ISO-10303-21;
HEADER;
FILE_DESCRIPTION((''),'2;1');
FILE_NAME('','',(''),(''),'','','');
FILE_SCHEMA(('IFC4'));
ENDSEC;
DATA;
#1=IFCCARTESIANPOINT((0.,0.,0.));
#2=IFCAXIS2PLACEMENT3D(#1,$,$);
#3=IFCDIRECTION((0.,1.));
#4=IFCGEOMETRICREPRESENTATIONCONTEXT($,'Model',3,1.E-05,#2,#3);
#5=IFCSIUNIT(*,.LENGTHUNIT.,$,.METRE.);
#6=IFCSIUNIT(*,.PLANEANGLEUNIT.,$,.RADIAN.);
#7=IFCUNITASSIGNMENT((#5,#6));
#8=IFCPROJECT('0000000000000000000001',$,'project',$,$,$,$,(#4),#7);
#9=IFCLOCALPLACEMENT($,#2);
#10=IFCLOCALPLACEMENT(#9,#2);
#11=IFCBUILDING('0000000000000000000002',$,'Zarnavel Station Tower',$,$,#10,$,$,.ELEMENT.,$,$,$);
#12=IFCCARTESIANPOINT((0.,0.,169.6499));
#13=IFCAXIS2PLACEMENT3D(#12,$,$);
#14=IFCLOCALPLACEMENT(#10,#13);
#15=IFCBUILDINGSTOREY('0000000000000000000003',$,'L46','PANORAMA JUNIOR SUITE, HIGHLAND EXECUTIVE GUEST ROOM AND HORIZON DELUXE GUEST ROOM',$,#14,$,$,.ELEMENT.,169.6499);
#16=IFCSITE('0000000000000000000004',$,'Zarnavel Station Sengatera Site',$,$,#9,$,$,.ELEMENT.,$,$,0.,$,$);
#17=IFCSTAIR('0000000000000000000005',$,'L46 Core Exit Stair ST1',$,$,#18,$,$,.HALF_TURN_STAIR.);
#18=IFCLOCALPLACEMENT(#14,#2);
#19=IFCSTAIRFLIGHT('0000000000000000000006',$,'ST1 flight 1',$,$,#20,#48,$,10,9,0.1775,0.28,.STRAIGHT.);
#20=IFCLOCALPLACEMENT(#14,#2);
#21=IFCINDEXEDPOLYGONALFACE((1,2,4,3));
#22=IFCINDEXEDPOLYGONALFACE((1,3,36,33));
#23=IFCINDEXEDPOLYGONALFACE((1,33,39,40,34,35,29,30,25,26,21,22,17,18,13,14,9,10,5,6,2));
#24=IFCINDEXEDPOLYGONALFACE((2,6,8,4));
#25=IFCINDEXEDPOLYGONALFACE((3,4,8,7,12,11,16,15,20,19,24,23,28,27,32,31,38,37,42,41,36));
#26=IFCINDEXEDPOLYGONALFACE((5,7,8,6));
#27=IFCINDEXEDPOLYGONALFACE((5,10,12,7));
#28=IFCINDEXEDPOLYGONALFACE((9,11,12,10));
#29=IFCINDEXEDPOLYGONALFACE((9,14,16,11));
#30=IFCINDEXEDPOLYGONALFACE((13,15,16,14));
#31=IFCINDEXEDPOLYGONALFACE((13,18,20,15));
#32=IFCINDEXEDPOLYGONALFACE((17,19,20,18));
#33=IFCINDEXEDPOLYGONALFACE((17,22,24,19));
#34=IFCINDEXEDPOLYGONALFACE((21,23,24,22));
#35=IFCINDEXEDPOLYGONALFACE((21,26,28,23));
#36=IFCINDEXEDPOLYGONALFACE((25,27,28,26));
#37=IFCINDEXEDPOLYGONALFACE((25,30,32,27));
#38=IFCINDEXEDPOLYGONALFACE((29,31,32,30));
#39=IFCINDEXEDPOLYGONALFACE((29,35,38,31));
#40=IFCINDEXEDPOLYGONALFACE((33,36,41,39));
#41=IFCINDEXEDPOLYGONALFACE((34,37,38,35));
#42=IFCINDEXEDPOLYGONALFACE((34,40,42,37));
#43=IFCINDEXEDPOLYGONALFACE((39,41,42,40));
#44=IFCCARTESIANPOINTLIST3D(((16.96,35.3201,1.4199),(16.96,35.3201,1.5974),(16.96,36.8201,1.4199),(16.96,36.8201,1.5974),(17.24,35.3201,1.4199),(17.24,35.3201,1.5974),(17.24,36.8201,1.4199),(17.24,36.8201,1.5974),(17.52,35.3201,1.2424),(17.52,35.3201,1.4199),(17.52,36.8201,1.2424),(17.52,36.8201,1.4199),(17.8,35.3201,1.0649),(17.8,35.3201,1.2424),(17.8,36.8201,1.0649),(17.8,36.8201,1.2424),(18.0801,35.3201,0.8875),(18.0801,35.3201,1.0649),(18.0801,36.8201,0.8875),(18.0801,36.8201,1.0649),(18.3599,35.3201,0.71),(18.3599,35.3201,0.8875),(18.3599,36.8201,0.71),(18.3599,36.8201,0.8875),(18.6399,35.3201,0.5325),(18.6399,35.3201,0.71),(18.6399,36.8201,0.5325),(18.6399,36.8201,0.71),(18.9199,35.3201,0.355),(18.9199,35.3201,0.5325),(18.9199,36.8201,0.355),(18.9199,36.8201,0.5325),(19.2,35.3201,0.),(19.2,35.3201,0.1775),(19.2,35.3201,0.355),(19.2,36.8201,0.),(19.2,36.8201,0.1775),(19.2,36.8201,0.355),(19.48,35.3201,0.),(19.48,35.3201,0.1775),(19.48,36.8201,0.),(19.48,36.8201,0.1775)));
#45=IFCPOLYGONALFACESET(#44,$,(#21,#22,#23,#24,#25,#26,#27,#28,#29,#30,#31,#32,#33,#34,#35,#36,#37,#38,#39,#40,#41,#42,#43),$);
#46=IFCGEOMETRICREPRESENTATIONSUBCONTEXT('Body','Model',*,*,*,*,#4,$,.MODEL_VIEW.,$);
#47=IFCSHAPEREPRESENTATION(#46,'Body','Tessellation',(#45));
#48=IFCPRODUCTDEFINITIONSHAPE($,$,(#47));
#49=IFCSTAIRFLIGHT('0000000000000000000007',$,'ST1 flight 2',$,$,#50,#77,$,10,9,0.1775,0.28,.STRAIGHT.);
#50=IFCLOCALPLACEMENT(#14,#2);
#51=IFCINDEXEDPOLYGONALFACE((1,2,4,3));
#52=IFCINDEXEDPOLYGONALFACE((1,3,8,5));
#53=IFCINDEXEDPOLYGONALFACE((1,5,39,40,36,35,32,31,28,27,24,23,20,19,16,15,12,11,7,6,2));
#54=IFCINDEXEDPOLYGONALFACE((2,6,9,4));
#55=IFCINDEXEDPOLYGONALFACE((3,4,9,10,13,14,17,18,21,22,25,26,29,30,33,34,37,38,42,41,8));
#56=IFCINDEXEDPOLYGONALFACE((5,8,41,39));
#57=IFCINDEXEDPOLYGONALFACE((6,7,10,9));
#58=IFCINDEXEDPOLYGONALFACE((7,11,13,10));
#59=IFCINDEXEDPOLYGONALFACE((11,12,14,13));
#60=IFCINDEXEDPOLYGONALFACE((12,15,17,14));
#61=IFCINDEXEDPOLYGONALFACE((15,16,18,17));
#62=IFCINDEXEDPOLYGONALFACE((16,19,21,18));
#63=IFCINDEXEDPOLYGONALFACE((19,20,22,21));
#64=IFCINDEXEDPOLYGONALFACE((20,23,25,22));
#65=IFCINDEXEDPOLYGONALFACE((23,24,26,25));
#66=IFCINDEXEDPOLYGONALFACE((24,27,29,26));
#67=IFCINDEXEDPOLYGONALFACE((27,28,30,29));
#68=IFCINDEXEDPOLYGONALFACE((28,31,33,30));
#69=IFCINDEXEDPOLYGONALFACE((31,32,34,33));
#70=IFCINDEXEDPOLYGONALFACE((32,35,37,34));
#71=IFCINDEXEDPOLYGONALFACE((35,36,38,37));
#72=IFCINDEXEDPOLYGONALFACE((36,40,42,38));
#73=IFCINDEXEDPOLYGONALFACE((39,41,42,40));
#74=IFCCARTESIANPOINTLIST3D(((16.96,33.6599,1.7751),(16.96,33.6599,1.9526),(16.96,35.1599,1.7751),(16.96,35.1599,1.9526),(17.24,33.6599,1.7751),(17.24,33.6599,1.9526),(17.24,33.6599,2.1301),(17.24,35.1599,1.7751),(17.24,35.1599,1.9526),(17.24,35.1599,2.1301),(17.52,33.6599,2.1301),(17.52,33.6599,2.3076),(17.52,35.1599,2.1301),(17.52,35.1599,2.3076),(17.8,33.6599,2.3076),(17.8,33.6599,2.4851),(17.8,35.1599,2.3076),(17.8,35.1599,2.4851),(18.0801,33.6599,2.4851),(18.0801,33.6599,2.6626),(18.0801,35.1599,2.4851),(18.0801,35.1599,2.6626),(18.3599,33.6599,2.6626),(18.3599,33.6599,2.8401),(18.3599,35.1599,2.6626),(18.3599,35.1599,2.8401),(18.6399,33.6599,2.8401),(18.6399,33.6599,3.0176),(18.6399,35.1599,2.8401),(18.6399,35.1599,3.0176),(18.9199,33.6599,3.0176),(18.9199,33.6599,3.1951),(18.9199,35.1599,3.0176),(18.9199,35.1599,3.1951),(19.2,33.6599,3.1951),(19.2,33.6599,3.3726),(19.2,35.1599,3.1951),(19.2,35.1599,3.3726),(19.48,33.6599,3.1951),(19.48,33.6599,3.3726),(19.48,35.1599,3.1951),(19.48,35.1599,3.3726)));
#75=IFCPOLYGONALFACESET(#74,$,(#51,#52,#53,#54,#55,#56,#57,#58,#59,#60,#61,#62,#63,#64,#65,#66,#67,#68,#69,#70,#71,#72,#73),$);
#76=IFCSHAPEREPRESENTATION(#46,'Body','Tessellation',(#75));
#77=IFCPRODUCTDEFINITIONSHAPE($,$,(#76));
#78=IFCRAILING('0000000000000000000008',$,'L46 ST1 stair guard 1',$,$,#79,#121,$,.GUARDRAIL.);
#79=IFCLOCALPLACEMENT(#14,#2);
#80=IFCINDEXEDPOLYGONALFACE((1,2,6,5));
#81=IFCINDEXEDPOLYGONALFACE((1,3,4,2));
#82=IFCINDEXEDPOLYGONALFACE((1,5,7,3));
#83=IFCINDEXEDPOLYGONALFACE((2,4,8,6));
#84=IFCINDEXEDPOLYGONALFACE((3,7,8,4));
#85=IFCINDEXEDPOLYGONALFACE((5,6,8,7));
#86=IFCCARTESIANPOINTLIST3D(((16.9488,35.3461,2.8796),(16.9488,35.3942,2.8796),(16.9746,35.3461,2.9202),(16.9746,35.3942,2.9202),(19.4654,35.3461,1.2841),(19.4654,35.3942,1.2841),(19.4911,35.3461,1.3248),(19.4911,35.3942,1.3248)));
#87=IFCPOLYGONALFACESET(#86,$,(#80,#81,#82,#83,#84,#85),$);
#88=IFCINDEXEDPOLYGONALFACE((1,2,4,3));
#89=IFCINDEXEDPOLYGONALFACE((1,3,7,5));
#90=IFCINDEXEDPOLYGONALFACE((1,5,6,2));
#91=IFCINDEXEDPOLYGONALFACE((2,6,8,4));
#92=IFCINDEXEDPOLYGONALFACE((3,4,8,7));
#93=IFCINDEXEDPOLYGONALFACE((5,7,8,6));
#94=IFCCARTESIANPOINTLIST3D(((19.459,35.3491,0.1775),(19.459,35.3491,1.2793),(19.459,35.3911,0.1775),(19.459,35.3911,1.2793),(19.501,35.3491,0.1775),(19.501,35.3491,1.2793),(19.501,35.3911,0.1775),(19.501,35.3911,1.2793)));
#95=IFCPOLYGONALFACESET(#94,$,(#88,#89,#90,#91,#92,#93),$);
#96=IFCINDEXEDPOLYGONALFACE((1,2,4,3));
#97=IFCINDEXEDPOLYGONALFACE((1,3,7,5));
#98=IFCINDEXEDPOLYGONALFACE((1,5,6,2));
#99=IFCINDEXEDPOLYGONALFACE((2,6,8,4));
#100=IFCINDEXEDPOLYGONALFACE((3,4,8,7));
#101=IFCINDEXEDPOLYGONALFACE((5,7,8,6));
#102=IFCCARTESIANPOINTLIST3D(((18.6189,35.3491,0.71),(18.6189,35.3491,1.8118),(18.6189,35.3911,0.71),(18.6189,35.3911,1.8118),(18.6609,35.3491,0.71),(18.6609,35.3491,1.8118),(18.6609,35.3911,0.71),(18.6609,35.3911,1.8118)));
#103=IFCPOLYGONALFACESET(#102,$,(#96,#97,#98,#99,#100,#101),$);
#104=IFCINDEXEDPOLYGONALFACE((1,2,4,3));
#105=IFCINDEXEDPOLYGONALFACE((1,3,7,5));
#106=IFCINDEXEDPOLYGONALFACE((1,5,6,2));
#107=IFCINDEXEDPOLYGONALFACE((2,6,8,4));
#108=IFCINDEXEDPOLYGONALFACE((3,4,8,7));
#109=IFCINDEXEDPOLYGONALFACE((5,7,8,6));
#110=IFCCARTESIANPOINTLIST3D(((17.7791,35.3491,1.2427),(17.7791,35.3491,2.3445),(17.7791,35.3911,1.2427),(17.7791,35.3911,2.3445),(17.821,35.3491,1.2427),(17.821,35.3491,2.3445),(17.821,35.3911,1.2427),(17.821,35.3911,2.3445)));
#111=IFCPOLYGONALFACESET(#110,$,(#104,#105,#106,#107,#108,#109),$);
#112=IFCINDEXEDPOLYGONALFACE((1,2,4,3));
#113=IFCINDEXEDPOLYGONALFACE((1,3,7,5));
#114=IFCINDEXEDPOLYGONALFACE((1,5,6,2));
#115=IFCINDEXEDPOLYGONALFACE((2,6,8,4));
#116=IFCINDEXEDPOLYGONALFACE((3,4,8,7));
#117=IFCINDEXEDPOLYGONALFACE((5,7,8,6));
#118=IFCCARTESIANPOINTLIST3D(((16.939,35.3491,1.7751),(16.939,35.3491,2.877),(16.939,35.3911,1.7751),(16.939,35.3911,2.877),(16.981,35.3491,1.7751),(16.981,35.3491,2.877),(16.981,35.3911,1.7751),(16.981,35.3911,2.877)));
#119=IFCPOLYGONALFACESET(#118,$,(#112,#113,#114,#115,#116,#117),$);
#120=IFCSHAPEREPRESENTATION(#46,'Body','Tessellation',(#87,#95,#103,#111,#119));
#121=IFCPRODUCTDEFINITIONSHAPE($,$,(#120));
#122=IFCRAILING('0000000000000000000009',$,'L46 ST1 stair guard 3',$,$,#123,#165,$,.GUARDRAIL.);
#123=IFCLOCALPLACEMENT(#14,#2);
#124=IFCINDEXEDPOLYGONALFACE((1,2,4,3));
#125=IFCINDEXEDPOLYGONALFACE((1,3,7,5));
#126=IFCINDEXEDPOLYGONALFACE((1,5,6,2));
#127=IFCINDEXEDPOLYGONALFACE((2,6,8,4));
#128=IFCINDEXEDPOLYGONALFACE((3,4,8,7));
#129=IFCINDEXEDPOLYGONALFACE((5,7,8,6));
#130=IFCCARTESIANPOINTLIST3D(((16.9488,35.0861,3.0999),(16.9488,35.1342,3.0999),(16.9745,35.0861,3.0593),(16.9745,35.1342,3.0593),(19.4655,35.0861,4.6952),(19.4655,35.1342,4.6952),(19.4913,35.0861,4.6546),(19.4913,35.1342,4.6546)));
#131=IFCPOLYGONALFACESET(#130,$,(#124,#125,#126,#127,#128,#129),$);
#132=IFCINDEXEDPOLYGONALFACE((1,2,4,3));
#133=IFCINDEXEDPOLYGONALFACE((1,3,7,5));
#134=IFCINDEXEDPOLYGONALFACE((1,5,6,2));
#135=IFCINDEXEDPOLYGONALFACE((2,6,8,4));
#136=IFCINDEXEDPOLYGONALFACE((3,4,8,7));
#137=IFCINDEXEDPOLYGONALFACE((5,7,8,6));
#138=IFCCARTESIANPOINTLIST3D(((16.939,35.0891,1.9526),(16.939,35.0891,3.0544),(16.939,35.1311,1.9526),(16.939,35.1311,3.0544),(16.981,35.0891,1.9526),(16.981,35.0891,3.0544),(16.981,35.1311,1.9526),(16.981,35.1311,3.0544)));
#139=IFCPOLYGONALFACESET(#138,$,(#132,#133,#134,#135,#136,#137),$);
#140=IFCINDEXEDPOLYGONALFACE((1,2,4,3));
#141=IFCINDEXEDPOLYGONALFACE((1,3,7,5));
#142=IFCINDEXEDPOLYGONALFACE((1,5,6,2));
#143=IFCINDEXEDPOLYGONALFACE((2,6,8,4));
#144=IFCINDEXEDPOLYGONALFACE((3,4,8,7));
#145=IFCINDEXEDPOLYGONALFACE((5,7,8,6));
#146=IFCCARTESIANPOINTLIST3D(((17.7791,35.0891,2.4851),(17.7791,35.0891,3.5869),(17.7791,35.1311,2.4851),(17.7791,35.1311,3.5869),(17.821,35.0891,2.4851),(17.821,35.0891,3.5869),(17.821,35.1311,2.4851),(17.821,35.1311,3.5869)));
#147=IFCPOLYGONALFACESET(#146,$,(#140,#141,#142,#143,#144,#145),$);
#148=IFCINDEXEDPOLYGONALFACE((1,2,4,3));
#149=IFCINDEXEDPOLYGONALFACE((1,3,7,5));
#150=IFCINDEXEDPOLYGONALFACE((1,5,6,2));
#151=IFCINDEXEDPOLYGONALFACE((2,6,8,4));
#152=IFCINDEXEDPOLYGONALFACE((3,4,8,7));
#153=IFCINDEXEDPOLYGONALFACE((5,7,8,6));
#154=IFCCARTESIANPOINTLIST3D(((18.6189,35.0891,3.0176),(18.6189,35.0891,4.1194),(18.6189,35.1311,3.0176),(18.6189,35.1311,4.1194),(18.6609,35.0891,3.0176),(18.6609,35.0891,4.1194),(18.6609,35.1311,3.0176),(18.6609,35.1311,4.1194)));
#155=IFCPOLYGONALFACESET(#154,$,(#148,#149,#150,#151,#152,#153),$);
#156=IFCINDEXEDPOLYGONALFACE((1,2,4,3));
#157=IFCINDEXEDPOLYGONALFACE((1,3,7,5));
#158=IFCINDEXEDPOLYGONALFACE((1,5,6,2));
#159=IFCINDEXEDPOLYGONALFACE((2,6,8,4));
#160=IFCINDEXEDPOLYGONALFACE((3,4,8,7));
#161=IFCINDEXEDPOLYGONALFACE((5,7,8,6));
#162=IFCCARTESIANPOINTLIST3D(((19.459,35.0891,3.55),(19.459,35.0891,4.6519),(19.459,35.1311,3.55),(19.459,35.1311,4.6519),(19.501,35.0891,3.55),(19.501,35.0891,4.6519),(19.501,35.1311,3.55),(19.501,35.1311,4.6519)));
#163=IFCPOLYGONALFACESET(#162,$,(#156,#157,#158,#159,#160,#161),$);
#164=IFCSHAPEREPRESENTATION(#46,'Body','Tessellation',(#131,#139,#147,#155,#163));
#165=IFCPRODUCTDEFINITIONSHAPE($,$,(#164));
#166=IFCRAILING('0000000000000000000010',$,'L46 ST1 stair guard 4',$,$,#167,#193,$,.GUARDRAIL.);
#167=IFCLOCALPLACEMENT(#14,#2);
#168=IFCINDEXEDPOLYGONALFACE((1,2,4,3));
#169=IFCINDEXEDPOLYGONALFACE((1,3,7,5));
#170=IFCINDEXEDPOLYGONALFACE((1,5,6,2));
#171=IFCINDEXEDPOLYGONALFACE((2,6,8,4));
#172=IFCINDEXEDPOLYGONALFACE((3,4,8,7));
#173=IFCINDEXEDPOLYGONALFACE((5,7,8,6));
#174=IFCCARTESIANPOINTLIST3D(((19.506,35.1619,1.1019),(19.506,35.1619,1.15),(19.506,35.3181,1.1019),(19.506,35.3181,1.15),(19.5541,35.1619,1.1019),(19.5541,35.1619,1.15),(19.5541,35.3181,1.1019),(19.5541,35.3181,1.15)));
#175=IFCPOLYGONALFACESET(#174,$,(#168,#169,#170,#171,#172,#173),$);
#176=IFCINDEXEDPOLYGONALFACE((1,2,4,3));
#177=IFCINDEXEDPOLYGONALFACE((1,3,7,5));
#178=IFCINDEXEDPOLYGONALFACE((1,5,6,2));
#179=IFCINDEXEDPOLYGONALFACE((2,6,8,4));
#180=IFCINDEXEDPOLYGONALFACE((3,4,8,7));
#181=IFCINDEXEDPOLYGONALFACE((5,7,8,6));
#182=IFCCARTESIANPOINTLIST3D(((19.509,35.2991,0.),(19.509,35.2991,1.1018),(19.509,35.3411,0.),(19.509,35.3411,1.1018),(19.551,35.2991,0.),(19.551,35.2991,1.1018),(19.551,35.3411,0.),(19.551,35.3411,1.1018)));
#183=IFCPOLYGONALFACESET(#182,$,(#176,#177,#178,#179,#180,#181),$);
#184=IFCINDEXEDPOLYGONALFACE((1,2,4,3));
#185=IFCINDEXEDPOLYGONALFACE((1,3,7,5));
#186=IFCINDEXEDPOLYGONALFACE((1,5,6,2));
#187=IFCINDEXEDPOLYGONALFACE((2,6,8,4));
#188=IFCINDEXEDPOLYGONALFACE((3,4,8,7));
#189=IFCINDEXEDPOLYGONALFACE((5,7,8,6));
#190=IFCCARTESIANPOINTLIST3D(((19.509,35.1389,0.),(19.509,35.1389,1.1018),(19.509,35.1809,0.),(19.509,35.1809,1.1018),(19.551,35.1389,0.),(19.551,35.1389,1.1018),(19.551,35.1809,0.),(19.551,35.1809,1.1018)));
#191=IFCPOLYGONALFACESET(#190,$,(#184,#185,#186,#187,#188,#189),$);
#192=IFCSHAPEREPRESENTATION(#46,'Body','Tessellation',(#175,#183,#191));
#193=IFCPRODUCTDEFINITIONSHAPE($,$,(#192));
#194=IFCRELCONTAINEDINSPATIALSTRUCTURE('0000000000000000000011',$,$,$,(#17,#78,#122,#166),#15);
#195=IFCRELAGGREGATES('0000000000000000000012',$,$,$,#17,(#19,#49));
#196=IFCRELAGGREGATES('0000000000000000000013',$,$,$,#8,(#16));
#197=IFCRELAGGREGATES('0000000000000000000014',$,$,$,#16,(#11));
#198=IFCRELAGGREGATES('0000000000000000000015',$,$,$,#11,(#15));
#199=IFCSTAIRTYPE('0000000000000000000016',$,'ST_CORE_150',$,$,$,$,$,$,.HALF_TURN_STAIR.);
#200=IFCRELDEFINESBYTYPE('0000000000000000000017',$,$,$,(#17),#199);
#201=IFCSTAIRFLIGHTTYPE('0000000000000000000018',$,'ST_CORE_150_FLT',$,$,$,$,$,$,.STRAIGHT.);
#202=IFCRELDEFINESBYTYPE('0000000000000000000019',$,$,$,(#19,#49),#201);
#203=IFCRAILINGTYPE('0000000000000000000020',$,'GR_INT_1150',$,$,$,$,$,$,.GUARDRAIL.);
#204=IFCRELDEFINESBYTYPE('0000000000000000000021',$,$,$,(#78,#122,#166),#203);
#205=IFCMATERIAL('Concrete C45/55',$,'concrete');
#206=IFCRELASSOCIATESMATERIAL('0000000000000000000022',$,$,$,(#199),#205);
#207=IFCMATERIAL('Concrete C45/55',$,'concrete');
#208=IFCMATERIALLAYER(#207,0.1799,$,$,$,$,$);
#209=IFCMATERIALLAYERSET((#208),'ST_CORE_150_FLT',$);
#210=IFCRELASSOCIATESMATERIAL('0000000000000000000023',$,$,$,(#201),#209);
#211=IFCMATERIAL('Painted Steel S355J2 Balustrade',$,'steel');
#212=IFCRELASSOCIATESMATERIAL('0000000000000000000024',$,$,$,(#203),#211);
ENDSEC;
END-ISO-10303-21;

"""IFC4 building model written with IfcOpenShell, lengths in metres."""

from ifc_helpers import new_model, si_unit, direction, frame, origin, origin_2d, place, context, subcontext, project, spatial, polyline, rectangle, outline, extrude, material, layer, layer_set, type_object, element, aggregate, save


model = new_model("IFC4")

# Units and contexts
model_context = context("Model", 3, precision=1e-05, world=origin(), true_north=direction((0.0, 1.0)))
body_context = subcontext(model_context, "Body", "Model", "MODEL_VIEW")
ifc_project = project(units=[si_unit("LENGTHUNIT", "METRE"), si_unit("PLANEANGLEUNIT", "RADIAN")], contexts=[model_context])

# Site, building, storey
site_placement = place(None, origin())
site = spatial("IfcSite", under=ifc_project, at=site_placement, Name="Zarnavel Station Sengatera Site", CompositionType="ELEMENT", RefElevation=0.0)
building_placement = place(site_placement, origin())
building = spatial("IfcBuilding", under=site, at=building_placement, Name="Zarnavel Station Tower", CompositionType="ELEMENT")
storey_placement = place(building_placement, frame((0.0, 0.0, 169.6499)))
storey = spatial("IfcBuildingStorey", under=building, at=storey_placement, Name="L46", Description="PANORAMA JUNIOR SUITE, HIGHLAND EXECUTIVE GUEST ROOM AND HORIZON DELUXE GUEST ROOM", CompositionType="ELEMENT", Elevation=169.6499)

# Stair, stair flights
ifc_material_1 = material(Name="Concrete C45/55", Category="concrete")
stair_type = type_object("IfcStairType", Name="ST_CORE_150", PredefinedType="HALF_TURN_STAIR", material=ifc_material_1)
stair_placement = place(storey_placement, origin())
stair = element("IfcStair", 1, at=stair_placement, inside=storey, type_object=stair_type, Name="L46 Core Exit Stair ST1", PredefinedType="HALF_TURN_STAIR")
ifc_material_2 = material(Name="Concrete C45/55", Category="concrete")
ifc_layer_1 = layer(ifc_material_2, 0.1799)
ifc_layer_set_1 = layer_set([ifc_layer_1], Name="ST_CORE_150_FLT")
stair_flight_type = type_object("IfcStairFlightType", Name="ST_CORE_150_FLT", PredefinedType="STRAIGHT", material=ifc_layer_set_1)
stair_flight_1_placement = place(storey_placement, frame((19.48, 36.0701, 0.0), z_axis=(0.0, 0.0, 1.0), x_axis=(-1.0, 0.0, 0.0)))
stair_flight_1 = element("IfcStairFlight", 2, at=stair_flight_1_placement, type_object=stair_flight_type, Name="ST1 flight 1", NumberOfRisers=10, NumberOfTreads=9, PredefinedType="STRAIGHT", RiserHeight=0.1775, TreadLength=0.28, context=body_context, shape_type="SweptSolid", body=[
    extrude(outline(polyline([(0.0, 0.0), (0.0, 0.1775), (0.28, 0.1775), (0.28, 0.355), (0.5601, 0.355), (0.5601, 0.5325), (0.8401, 0.5325), (0.8401, 0.71), (1.1201, 0.71), (1.1201, 0.8875), (1.3999, 0.8875), (1.3999, 1.0649), (1.6799, 1.0649), (1.6799, 1.2424), (1.96, 1.2424), (1.96, 1.4199), (2.24, 1.4199), (2.24, 1.5974), (2.52, 1.5974), (2.52, 1.7749), (2.52, 1.4199), (0.28, 0.0), (0.0, 0.0)])), frame((0.0, 0.75, 0.0), z_axis=(0.0, -1.0, 0.0), x_axis=(1.0, 0.0, 0.0)), (0.0, 0.0, 1.0), 1.5),
])
stair_flight_2_placement = place(storey_placement, frame((16.96, 34.4099, 1.7751), z_axis=(0.0, 0.0, 1.0), x_axis=(1.0, 0.0, 0.0)))
stair_flight_2 = element("IfcStairFlight", 3, at=stair_flight_2_placement, type_object=stair_flight_type, Name="ST1 flight 2", NumberOfRisers=10, NumberOfTreads=9, PredefinedType="STRAIGHT", RiserHeight=0.1775, TreadLength=0.28, context=body_context, shape_type="SweptSolid", body=[
    extrude(outline(polyline([(0.0, 0.0), (0.0, 0.1775), (0.28, 0.1775), (0.28, 0.355), (0.5601, 0.355), (0.5601, 0.5325), (0.8401, 0.5325), (0.8401, 0.71), (1.1201, 0.71), (1.1201, 0.8875), (1.3999, 0.8875), (1.3999, 1.0649), (1.6799, 1.0649), (1.6799, 1.2424), (1.96, 1.2424), (1.96, 1.4199), (2.24, 1.4199), (2.24, 1.5974), (2.52, 1.5974), (2.52, 1.7749), (2.52, 1.4199), (0.28, 0.0), (0.0, 0.0)])), frame((0.0, 0.75, 0.0), z_axis=(0.0, -1.0, 0.0), x_axis=(1.0, 0.0, 0.0)), (0.0, 0.0, 1.0), 1.5),
])
aggregate(stair, [stair_flight_1, stair_flight_2])

# Railings
ifc_material_3 = material(Name="Painted Steel S355J2 Balustrade", Category="steel")
railing_type_1 = type_object("IfcRailingType", Name="GR_INT_1150", PredefinedType="GUARDRAIL", material=ifc_material_3)
railing_1_placement = place(storey_placement, frame((19.48, 35.3701, 0.1775)))
element("IfcRailing", 4, at=railing_1_placement, inside=storey, type_object=railing_type_1, Name="L46 ST1 stair guard 1", PredefinedType="GUARDRAIL", context=body_context, shape_type="SweptSolid", body=[
    extrude(rectangle(XDim=0.0481, YDim=0.0481, at=origin_2d()), frame((-0.0017, 0.0, 1.127), z_axis=(-0.84457, 0.0, 0.535445), x_axis=(0.0, -1.0, 0.0)), (0.0, 0.0, 1.0), 2.9797),
    extrude(rectangle(XDim=0.042, YDim=0.042, at=origin_2d()), origin(), (0.0, 0.0, 1.0), 1.1018),
    extrude(rectangle(XDim=0.042, YDim=0.042, at=origin_2d()), frame((-0.8401, 0.0, 0.5325)), (0.0, 0.0, 1.0), 1.1018),
    extrude(rectangle(XDim=0.042, YDim=0.042, at=origin_2d()), frame((-1.6799, 0.0, 1.0652)), (0.0, 0.0, 1.0), 1.1018),
    extrude(rectangle(XDim=0.042, YDim=0.042, at=origin_2d()), frame((-2.52, 0.0, 1.5977)), (0.0, 0.0, 1.0), 1.1018),
])
railing_2_placement = place(storey_placement, frame((16.96, 35.1101, 1.9526)))
element("IfcRailing", 5, at=railing_2_placement, inside=storey, type_object=railing_type_1, Name="L46 ST1 stair guard 3", PredefinedType="GUARDRAIL", context=body_context, shape_type="SweptSolid", body=[
    extrude(rectangle(XDim=0.0481, YDim=0.0481, at=origin_2d()), frame((0.0017, 0.0, 1.127), z_axis=(0.844607, 0.0, 0.535387), x_axis=(0.0, 1.0, 0.0)), (0.0, 0.0, 1.0), 2.9797),
    extrude(rectangle(XDim=0.042, YDim=0.042, at=origin_2d()), origin(), (0.0, 0.0, 1.0), 1.1018),
    extrude(rectangle(XDim=0.042, YDim=0.042, at=origin_2d()), frame((0.8401, 0.0, 0.5325)), (0.0, 0.0, 1.0), 1.1018),
    extrude(rectangle(XDim=0.042, YDim=0.042, at=origin_2d()), frame((1.6799, 0.0, 1.0649)), (0.0, 0.0, 1.0), 1.1018),
    extrude(rectangle(XDim=0.042, YDim=0.042, at=origin_2d()), frame((2.52, 0.0, 1.5974)), (0.0, 0.0, 1.0), 1.1018),
])
railing_3_placement = place(storey_placement, frame((19.53, 35.3201, 0.0)))
element("IfcRailing", 6, at=railing_3_placement, inside=storey, type_object=railing_type_1, Name="L46 ST1 stair guard 4", PredefinedType="GUARDRAIL", context=body_context, shape_type="SweptSolid", body=[
    extrude(rectangle(XDim=0.0481, YDim=0.0481, at=origin_2d()), frame((0.0, -0.002, 1.126), z_axis=(0.0, -1.0, 0.0), x_axis=(1.0, 0.0, 0.0)), (0.0, 0.0, 1.0), 0.1562),
    extrude(rectangle(XDim=0.042, YDim=0.042, at=origin_2d()), origin(), (0.0, 0.0, 1.0), 1.1018),
    extrude(rectangle(XDim=0.042, YDim=0.042, at=origin_2d()), frame((0.0, -0.1602, 0.0)), (0.0, 0.0, 1.0), 1.1018),
])

save(model, "model.ifc")
